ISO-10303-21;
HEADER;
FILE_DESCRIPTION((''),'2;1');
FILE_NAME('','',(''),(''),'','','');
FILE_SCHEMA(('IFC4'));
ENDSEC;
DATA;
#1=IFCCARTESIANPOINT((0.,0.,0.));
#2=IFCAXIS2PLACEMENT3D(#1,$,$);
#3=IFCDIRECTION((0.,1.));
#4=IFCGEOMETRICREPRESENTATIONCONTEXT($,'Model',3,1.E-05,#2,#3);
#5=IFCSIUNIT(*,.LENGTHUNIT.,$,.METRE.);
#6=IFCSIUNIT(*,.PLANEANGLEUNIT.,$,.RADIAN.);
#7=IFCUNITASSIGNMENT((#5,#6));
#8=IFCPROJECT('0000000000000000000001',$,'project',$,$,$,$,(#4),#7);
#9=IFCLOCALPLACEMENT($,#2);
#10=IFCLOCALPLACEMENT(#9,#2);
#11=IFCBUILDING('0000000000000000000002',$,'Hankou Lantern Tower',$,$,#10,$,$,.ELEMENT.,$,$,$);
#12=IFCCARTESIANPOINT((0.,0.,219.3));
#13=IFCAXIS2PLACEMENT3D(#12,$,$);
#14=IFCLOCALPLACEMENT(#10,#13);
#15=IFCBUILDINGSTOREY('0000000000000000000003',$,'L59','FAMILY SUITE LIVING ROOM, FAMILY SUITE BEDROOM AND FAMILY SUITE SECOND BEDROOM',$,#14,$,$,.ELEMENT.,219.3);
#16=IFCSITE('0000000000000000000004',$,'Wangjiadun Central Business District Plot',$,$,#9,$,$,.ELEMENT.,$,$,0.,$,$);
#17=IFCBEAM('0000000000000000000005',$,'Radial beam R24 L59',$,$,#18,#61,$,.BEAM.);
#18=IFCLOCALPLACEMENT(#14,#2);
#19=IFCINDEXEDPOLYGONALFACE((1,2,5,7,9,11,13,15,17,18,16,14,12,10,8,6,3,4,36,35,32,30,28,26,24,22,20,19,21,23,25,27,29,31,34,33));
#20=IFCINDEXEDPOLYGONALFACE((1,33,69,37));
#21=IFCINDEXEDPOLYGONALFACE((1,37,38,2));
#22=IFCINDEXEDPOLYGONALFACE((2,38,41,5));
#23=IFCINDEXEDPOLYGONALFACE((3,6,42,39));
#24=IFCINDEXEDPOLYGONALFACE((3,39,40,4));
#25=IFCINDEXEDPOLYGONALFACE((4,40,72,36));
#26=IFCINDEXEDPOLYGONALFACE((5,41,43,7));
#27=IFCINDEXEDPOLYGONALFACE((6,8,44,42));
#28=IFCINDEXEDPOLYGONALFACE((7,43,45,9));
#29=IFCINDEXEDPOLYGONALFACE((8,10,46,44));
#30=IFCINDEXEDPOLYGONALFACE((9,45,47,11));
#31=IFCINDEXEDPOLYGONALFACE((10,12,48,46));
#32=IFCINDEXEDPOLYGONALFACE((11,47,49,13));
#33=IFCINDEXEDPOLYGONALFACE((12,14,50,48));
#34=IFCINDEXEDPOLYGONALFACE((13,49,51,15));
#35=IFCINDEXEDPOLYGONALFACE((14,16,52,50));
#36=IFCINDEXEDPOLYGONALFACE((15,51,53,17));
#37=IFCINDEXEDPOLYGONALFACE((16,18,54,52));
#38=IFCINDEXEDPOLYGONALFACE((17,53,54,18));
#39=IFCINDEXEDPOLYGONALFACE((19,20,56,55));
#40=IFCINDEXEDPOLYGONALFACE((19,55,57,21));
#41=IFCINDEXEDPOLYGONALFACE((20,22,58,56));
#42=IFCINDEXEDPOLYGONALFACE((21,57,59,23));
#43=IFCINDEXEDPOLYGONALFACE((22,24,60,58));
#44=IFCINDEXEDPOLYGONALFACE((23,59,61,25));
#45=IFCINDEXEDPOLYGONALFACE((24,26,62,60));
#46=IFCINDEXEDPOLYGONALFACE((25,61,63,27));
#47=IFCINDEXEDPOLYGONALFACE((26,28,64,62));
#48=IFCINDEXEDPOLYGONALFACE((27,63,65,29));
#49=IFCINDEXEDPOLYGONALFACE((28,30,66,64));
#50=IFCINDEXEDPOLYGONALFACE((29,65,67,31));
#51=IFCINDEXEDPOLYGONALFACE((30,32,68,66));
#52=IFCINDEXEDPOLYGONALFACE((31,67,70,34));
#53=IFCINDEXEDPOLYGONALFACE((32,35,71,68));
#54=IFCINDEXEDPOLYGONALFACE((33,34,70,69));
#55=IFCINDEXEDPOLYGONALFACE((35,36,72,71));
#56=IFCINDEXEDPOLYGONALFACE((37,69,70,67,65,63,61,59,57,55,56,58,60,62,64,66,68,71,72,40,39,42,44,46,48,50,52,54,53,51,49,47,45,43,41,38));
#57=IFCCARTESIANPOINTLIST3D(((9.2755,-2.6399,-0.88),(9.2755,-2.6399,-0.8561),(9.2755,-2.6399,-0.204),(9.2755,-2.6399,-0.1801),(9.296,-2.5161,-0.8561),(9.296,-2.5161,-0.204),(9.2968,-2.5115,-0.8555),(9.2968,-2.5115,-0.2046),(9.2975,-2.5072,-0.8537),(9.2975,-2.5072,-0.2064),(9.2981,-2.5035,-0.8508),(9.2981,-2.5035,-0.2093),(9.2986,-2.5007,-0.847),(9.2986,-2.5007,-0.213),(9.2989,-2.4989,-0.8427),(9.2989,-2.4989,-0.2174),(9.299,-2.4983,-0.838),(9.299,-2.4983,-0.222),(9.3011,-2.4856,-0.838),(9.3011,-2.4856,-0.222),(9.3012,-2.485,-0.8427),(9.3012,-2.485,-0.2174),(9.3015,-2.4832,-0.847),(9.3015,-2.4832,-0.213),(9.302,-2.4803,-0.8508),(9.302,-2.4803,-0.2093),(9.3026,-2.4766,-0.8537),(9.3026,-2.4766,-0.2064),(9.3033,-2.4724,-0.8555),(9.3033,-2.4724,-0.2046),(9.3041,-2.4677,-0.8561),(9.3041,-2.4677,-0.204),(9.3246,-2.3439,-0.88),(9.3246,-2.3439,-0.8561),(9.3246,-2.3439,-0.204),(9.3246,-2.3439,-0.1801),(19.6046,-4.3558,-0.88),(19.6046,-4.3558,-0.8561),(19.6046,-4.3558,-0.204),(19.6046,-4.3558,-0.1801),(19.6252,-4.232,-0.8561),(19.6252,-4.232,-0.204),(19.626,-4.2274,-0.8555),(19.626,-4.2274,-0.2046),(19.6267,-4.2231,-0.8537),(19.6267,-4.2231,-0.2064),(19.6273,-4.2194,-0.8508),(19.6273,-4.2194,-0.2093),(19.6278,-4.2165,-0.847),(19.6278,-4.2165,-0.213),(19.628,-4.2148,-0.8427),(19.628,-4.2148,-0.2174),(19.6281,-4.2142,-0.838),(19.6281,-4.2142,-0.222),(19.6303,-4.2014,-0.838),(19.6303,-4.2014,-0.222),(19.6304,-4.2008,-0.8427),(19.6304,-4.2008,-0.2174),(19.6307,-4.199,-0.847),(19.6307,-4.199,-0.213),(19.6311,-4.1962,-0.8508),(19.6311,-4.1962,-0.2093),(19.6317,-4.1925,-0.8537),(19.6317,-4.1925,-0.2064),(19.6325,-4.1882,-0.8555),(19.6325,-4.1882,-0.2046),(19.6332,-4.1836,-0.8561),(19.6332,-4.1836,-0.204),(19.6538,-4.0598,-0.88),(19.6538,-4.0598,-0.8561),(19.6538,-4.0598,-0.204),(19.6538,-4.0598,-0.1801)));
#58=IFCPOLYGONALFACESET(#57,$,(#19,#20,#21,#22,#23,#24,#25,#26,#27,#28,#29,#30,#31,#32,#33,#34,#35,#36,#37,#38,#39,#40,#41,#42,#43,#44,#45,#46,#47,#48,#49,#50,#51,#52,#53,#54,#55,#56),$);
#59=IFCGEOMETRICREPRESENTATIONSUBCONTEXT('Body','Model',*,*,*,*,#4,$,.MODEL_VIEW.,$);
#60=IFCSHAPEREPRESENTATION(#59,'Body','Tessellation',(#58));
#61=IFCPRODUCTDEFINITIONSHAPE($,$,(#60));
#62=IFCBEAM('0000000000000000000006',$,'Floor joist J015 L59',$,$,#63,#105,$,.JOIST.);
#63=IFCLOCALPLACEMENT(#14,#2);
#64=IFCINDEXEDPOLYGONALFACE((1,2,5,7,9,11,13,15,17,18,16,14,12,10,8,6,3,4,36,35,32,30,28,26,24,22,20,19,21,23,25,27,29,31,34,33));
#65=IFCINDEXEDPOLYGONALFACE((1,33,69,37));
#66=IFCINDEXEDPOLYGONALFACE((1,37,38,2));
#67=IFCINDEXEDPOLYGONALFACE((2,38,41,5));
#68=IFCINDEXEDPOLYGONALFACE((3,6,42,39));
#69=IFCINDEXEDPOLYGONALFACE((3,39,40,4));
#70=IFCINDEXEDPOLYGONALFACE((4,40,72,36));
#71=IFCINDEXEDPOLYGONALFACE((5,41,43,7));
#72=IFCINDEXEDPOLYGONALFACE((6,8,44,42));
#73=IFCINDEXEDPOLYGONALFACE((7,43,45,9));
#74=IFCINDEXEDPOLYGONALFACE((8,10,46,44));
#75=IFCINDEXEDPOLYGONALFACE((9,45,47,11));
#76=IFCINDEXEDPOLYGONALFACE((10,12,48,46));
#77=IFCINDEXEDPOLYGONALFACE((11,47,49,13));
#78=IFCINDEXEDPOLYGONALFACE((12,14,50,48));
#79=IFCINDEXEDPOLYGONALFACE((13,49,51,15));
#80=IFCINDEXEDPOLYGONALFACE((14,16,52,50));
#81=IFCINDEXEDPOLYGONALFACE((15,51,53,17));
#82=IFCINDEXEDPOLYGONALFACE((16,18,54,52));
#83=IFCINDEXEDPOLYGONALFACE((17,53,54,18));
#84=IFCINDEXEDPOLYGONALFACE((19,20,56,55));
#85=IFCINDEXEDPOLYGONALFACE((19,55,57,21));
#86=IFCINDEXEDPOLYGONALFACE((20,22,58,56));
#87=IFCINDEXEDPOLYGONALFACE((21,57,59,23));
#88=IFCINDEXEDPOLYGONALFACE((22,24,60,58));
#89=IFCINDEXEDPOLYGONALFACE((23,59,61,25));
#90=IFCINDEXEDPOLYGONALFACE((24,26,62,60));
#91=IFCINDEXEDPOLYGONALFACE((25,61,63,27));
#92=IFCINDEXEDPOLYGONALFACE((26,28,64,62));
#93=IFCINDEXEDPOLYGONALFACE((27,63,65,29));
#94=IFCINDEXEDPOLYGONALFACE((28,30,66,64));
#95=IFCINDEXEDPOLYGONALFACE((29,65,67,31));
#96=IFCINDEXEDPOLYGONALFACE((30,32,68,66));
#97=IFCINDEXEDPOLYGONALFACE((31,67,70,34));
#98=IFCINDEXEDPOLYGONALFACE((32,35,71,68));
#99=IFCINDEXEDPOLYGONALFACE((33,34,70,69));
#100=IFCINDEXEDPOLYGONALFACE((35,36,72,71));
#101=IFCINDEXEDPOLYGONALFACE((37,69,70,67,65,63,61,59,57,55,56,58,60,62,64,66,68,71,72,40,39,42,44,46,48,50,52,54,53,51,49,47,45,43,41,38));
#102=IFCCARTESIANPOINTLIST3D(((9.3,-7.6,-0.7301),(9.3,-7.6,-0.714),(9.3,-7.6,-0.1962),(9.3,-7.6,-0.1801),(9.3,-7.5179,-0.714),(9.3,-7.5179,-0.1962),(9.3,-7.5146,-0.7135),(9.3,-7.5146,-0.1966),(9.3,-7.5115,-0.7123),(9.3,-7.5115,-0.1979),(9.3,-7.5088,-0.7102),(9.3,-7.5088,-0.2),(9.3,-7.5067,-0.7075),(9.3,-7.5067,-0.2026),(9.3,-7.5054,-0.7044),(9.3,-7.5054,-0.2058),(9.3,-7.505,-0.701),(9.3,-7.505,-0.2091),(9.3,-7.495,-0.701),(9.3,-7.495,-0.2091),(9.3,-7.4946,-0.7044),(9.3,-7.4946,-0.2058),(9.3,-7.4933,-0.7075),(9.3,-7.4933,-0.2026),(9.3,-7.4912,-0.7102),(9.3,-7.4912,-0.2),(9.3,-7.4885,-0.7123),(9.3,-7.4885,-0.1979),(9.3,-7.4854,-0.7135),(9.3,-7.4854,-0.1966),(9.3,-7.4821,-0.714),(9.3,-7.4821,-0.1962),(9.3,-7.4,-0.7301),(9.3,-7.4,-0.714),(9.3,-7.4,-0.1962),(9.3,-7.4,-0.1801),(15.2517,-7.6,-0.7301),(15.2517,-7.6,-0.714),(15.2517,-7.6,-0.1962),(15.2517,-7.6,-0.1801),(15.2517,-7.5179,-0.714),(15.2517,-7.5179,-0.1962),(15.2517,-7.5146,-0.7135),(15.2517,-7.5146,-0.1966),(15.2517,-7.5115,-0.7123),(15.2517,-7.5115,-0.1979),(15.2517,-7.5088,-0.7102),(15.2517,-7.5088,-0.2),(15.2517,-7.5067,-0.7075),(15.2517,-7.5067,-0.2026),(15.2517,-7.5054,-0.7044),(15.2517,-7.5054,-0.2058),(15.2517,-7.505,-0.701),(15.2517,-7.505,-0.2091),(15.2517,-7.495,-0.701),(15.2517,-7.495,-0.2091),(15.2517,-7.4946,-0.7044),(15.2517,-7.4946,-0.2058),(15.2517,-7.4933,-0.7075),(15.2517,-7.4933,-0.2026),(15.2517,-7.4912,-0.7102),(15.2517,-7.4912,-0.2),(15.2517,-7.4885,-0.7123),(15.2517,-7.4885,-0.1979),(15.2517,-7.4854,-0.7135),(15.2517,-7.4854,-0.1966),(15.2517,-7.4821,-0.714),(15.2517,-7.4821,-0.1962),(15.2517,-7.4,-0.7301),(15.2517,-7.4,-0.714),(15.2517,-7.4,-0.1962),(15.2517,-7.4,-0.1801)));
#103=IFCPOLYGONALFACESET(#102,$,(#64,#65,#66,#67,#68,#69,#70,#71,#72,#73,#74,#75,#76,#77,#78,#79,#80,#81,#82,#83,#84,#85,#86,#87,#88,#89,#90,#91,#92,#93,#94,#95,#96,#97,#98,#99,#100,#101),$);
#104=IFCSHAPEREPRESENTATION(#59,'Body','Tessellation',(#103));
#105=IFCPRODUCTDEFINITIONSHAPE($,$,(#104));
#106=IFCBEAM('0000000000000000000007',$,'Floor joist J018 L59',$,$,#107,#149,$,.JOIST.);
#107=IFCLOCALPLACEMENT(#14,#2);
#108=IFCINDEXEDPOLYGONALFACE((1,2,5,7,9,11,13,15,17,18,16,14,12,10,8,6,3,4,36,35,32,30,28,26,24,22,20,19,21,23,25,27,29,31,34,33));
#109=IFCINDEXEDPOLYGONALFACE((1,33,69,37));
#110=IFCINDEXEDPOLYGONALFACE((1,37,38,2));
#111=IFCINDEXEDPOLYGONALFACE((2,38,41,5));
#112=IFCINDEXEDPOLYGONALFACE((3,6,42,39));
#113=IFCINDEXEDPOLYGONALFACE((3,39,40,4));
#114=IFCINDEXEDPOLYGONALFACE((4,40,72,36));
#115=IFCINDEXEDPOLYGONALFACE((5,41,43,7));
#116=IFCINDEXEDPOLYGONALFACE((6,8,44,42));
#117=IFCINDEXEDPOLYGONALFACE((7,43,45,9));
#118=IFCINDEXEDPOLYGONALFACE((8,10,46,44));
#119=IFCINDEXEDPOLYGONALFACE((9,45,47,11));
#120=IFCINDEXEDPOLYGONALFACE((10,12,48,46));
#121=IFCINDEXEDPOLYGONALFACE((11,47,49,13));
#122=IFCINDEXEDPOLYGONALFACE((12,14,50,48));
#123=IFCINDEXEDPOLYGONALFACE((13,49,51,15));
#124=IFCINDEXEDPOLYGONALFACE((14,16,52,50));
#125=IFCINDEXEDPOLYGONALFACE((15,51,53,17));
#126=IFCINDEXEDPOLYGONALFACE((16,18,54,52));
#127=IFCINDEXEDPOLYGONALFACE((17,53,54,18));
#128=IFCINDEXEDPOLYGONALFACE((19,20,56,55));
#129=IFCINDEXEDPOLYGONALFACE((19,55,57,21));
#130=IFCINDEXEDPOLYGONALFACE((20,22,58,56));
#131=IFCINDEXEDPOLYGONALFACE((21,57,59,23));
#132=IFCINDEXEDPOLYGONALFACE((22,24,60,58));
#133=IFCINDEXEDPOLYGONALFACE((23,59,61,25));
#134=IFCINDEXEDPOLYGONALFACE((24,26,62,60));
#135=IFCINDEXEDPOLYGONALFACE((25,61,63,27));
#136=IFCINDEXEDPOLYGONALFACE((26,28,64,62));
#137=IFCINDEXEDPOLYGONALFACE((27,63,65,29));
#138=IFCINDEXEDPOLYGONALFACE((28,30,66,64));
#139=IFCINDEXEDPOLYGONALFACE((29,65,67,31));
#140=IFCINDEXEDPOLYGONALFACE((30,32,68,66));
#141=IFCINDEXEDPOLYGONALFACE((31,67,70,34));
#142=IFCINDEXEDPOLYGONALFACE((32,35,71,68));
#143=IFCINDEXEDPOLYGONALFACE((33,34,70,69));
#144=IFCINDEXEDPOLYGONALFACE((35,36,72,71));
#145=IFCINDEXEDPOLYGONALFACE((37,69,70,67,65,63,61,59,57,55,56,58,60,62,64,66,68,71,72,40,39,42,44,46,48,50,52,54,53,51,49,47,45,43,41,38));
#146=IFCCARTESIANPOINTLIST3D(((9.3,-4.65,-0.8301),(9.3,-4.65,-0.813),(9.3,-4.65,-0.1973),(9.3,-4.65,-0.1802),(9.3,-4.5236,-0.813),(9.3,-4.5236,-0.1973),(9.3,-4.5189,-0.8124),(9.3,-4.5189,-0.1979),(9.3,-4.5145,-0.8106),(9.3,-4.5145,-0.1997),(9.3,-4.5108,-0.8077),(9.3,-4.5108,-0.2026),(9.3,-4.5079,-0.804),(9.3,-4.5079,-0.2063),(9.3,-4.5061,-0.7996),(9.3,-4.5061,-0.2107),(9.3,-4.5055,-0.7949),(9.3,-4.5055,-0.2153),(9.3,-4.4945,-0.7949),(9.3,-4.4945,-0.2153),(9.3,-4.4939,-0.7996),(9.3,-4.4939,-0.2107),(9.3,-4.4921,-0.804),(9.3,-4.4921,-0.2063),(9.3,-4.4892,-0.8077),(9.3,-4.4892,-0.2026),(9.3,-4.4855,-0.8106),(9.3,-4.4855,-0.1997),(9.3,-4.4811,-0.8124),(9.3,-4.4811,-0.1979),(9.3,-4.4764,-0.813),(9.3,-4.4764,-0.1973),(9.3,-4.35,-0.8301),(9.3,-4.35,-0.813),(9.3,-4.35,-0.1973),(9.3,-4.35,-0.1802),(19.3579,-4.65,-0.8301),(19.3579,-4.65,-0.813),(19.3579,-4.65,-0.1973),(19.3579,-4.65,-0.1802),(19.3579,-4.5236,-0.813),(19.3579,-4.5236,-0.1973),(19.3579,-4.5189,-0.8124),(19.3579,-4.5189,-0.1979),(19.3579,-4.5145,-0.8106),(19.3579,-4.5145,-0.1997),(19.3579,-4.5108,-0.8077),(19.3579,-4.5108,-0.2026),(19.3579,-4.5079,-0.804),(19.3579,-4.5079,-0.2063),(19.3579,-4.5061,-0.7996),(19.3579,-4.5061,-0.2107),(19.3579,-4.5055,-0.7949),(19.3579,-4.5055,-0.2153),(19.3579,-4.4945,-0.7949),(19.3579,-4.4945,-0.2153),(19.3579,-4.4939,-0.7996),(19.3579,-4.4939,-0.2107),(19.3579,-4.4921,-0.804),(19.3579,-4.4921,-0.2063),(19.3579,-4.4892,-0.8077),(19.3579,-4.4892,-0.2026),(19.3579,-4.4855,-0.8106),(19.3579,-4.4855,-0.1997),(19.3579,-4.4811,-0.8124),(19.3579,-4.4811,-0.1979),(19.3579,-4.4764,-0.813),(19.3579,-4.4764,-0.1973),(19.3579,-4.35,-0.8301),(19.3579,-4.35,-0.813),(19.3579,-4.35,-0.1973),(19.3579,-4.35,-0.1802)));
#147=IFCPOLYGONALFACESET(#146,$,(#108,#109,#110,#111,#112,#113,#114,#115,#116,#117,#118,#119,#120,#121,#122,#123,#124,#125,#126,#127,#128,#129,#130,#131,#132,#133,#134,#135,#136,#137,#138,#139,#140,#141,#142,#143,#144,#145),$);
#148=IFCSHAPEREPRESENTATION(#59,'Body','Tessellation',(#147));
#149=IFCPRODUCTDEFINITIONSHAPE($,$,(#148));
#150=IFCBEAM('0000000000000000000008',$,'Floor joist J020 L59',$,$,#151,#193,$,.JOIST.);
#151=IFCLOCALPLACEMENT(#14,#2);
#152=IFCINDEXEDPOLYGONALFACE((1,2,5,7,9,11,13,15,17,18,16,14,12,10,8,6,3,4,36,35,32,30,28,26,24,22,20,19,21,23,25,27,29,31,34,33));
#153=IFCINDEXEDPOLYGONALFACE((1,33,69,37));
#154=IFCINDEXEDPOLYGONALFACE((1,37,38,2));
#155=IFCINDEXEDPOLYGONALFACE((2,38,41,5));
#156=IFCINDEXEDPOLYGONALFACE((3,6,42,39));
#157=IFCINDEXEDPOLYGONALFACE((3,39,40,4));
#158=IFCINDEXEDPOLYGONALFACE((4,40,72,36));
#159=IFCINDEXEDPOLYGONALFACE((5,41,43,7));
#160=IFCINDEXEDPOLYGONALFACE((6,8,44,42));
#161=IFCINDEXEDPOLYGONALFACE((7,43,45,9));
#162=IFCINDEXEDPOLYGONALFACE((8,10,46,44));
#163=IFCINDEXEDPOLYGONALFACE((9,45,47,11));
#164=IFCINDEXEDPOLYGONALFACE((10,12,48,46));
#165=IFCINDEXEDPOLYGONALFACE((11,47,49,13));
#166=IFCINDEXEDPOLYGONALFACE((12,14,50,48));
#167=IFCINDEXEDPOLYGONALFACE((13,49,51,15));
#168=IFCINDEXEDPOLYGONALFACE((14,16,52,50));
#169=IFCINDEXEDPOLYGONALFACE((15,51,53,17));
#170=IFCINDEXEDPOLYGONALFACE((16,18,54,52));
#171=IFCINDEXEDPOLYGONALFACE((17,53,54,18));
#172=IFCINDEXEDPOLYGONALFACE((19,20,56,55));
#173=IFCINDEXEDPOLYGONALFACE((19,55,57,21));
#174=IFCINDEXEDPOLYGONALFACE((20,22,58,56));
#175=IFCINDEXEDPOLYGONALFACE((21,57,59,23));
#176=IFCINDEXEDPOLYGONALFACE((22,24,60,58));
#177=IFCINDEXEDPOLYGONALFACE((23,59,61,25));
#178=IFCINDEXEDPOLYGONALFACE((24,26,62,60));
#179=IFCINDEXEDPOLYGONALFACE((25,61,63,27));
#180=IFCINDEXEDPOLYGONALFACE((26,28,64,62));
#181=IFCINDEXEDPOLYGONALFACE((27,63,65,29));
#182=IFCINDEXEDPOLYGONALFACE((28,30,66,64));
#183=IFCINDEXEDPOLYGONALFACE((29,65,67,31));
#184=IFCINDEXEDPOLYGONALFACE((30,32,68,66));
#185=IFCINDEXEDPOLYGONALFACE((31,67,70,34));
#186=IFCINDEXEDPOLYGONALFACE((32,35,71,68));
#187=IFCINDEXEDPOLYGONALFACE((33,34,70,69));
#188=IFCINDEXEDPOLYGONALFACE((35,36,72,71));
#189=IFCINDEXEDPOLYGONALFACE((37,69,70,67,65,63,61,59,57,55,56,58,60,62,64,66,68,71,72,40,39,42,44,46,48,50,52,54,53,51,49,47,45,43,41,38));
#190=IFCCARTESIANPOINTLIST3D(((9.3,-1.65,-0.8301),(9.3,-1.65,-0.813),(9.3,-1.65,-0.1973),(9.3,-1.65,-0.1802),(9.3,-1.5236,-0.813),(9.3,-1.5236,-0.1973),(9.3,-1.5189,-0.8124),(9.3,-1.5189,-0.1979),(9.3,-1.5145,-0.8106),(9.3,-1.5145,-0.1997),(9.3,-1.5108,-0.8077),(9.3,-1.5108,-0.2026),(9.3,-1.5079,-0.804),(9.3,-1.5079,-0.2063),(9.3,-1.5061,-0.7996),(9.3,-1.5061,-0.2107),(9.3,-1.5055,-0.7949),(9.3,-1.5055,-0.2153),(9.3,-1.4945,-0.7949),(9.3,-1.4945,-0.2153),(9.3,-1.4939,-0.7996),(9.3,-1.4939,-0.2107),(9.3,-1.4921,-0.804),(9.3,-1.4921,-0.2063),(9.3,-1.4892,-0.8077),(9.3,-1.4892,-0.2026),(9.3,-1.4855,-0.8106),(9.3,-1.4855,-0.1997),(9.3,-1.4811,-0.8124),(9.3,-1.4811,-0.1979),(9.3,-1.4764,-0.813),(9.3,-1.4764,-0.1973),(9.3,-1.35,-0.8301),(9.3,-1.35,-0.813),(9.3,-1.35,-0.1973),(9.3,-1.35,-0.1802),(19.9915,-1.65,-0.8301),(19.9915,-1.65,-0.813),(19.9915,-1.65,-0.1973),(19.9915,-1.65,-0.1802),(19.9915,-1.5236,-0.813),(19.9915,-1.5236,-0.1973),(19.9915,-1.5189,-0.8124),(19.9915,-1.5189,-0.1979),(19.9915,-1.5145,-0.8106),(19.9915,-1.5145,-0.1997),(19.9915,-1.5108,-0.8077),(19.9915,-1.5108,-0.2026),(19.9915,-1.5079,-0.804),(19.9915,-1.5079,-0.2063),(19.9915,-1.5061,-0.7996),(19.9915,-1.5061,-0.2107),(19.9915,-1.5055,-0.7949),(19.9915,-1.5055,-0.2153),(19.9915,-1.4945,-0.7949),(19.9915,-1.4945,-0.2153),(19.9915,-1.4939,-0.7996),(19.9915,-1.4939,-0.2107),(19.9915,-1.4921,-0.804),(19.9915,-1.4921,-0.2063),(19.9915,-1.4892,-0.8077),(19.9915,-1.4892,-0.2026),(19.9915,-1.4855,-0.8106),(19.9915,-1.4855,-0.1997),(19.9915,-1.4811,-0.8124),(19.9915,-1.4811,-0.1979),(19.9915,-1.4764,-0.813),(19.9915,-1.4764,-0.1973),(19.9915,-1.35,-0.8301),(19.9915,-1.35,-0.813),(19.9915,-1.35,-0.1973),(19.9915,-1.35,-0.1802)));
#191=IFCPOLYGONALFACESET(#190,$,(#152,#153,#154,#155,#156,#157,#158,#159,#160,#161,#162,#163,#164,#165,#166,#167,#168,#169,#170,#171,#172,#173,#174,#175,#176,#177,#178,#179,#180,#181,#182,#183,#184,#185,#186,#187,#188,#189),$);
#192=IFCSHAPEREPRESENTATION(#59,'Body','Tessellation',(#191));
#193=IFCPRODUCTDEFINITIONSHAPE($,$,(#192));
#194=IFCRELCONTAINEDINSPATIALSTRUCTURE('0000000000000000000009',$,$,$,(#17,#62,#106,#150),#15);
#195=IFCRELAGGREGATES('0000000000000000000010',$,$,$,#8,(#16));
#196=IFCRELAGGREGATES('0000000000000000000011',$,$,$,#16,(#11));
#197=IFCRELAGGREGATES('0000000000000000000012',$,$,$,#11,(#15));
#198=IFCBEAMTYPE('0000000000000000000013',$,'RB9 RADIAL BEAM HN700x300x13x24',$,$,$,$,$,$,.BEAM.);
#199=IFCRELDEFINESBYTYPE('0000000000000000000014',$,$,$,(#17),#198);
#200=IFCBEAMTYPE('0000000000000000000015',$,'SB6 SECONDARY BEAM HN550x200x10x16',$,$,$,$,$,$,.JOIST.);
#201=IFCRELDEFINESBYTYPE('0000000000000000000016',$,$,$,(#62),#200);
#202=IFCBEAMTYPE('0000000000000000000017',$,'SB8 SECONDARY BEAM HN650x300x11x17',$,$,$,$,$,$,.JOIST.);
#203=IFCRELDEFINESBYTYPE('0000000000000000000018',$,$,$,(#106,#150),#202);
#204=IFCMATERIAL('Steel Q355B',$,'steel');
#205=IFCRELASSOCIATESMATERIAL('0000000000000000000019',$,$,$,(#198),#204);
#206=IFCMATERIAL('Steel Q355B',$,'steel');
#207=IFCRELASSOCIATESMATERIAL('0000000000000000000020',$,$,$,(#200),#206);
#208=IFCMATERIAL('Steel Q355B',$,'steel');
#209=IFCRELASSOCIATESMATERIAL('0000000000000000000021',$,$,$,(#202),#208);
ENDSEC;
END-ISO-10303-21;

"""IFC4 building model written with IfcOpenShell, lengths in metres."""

from ifc_helpers import new_model, si_unit, direction, frame, origin, origin_2d, place, context, subcontext, project, spatial, i_section, extrude, material, material_profile, profile_set, type_object, element, save


model = new_model("IFC4")

# Units and contexts
model_context = context("Model", 3, precision=1e-05, world=origin(), true_north=direction((0.0, 1.0)))
body_context = subcontext(model_context, "Body", "Model", "MODEL_VIEW")
ifc_project = project(units=[si_unit("LENGTHUNIT", "METRE"), si_unit("PLANEANGLEUNIT", "RADIAN")], contexts=[model_context])

# Site, building, storey
site_placement = place(None, origin())
site = spatial("IfcSite", under=ifc_project, at=site_placement, Name="Wangjiadun Central Business District Plot", CompositionType="ELEMENT", RefElevation=0.0)
building_placement = place(site_placement, origin())
building = spatial("IfcBuilding", under=site, at=building_placement, Name="Hankou Lantern Tower", CompositionType="ELEMENT")
storey_placement = place(building_placement, frame((0.0, 0.0, 219.3)))
storey = spatial("IfcBuildingStorey", under=building, at=storey_placement, Name="L59", Description="FAMILY SUITE LIVING ROOM, FAMILY SUITE BEDROOM AND FAMILY SUITE SECOND BEDROOM", CompositionType="ELEMENT", Elevation=219.3)

# Beams
ifc_material_1 = material(Name="Steel Q355B", Category="steel")
ifc_material_profile_1 = material_profile(ifc_material_1, i_section(OverallWidth=0.3, OverallDepth=0.7, WebThickness=0.0129, FlangeThickness=0.0239, FilletRadius=0.0181, at=origin_2d()), Name="HN700x300x13x24")
ifc_profile_set_1 = profile_set([ifc_material_profile_1], Name="Steel Q355B")
beam_type_1 = type_object("IfcBeamType", Name="RB9 RADIAL BEAM HN700x300x13x24", PredefinedType="BEAM", material=ifc_profile_set_1)
beam_1_placement = place(storey_placement, frame((9.3, -2.4919, -0.53), z_axis=(0.986482, -0.16387, 0.0), x_axis=(0.16387, 0.986482, 0.0)))
element("IfcBeam", 1, at=beam_1_placement, inside=storey, type_object=beam_type_1, Name="Radial beam R24 L59", PredefinedType="BEAM", context=body_context, shape_type="SweptSolid", body=[
    extrude(i_section(OverallWidth=0.3, OverallDepth=0.7, WebThickness=0.0129, FlangeThickness=0.0239, FilletRadius=0.0181, at=origin_2d()), origin(), (0.0, 0.0, 1.0), 10.4707),
])
ifc_material_2 = material(Name="Steel Q355B", Category="steel")
ifc_material_profile_2 = material_profile(ifc_material_2, i_section(OverallWidth=0.2, OverallDepth=0.55, WebThickness=0.01, FlangeThickness=0.0161, FilletRadius=0.0129, at=origin_2d()), Name="HN550x200x10x16")
ifc_profile_set_2 = profile_set([ifc_material_profile_2], Name="Steel Q355B")
beam_type_2 = type_object("IfcBeamType", Name="SB6 SECONDARY BEAM HN550x200x10x16", PredefinedType="JOIST", material=ifc_profile_set_2)
beam_2_placement = place(storey_placement, frame((9.3, -7.5, -0.4551), z_axis=(1.0, 0.0, 0.0), x_axis=(0.0, 1.0, 0.0)))
element("IfcBeam", 2, at=beam_2_placement, inside=storey, type_object=beam_type_2, Name="Floor joist J015 L59", PredefinedType="JOIST", context=body_context, shape_type="SweptSolid", body=[
    extrude(i_section(OverallWidth=0.2, OverallDepth=0.55, WebThickness=0.01, FlangeThickness=0.0161, FilletRadius=0.0129, at=origin_2d()), origin(), (0.0, 0.0, 1.0), 5.9517),
])
ifc_material_3 = material(Name="Steel Q355B", Category="steel")
ifc_material_profile_3 = material_profile(ifc_material_3, i_section(OverallWidth=0.3, OverallDepth=0.6499, WebThickness=0.011, FlangeThickness=0.0171, FilletRadius=0.0181, at=origin_2d()), Name="HN650x300x11x17")
ifc_profile_set_3 = profile_set([ifc_material_profile_3], Name="Steel Q355B")
beam_type_3 = type_object("IfcBeamType", Name="SB8 SECONDARY BEAM HN650x300x11x17", PredefinedType="JOIST", material=ifc_profile_set_3)
beam_3_placement = place(storey_placement, frame((9.3, -4.5, -0.5051), z_axis=(1.0, 0.0, 0.0), x_axis=(0.0, 1.0, 0.0)))
element("IfcBeam", 3, at=beam_3_placement, inside=storey, type_object=beam_type_3, Name="Floor joist J018 L59", PredefinedType="JOIST", context=body_context, shape_type="SweptSolid", body=[
    extrude(i_section(OverallWidth=0.3, OverallDepth=0.6499, WebThickness=0.011, FlangeThickness=0.0171, FilletRadius=0.0181, at=origin_2d()), origin(), (0.0, 0.0, 1.0), 10.0579),
])
beam_4_placement = place(storey_placement, frame((9.3, -1.5, -0.5051), z_axis=(1.0, 0.0, 0.0), x_axis=(0.0, 1.0, 0.0)))
element("IfcBeam", 4, at=beam_4_placement, inside=storey, type_object=beam_type_3, Name="Floor joist J020 L59", PredefinedType="JOIST", context=body_context, shape_type="SweptSolid", body=[
    extrude(i_section(OverallWidth=0.3, OverallDepth=0.6499, WebThickness=0.011, FlangeThickness=0.0171, FilletRadius=0.0181, at=origin_2d()), origin(), (0.0, 0.0, 1.0), 10.6914),
])

save(model, "model.ifc")
